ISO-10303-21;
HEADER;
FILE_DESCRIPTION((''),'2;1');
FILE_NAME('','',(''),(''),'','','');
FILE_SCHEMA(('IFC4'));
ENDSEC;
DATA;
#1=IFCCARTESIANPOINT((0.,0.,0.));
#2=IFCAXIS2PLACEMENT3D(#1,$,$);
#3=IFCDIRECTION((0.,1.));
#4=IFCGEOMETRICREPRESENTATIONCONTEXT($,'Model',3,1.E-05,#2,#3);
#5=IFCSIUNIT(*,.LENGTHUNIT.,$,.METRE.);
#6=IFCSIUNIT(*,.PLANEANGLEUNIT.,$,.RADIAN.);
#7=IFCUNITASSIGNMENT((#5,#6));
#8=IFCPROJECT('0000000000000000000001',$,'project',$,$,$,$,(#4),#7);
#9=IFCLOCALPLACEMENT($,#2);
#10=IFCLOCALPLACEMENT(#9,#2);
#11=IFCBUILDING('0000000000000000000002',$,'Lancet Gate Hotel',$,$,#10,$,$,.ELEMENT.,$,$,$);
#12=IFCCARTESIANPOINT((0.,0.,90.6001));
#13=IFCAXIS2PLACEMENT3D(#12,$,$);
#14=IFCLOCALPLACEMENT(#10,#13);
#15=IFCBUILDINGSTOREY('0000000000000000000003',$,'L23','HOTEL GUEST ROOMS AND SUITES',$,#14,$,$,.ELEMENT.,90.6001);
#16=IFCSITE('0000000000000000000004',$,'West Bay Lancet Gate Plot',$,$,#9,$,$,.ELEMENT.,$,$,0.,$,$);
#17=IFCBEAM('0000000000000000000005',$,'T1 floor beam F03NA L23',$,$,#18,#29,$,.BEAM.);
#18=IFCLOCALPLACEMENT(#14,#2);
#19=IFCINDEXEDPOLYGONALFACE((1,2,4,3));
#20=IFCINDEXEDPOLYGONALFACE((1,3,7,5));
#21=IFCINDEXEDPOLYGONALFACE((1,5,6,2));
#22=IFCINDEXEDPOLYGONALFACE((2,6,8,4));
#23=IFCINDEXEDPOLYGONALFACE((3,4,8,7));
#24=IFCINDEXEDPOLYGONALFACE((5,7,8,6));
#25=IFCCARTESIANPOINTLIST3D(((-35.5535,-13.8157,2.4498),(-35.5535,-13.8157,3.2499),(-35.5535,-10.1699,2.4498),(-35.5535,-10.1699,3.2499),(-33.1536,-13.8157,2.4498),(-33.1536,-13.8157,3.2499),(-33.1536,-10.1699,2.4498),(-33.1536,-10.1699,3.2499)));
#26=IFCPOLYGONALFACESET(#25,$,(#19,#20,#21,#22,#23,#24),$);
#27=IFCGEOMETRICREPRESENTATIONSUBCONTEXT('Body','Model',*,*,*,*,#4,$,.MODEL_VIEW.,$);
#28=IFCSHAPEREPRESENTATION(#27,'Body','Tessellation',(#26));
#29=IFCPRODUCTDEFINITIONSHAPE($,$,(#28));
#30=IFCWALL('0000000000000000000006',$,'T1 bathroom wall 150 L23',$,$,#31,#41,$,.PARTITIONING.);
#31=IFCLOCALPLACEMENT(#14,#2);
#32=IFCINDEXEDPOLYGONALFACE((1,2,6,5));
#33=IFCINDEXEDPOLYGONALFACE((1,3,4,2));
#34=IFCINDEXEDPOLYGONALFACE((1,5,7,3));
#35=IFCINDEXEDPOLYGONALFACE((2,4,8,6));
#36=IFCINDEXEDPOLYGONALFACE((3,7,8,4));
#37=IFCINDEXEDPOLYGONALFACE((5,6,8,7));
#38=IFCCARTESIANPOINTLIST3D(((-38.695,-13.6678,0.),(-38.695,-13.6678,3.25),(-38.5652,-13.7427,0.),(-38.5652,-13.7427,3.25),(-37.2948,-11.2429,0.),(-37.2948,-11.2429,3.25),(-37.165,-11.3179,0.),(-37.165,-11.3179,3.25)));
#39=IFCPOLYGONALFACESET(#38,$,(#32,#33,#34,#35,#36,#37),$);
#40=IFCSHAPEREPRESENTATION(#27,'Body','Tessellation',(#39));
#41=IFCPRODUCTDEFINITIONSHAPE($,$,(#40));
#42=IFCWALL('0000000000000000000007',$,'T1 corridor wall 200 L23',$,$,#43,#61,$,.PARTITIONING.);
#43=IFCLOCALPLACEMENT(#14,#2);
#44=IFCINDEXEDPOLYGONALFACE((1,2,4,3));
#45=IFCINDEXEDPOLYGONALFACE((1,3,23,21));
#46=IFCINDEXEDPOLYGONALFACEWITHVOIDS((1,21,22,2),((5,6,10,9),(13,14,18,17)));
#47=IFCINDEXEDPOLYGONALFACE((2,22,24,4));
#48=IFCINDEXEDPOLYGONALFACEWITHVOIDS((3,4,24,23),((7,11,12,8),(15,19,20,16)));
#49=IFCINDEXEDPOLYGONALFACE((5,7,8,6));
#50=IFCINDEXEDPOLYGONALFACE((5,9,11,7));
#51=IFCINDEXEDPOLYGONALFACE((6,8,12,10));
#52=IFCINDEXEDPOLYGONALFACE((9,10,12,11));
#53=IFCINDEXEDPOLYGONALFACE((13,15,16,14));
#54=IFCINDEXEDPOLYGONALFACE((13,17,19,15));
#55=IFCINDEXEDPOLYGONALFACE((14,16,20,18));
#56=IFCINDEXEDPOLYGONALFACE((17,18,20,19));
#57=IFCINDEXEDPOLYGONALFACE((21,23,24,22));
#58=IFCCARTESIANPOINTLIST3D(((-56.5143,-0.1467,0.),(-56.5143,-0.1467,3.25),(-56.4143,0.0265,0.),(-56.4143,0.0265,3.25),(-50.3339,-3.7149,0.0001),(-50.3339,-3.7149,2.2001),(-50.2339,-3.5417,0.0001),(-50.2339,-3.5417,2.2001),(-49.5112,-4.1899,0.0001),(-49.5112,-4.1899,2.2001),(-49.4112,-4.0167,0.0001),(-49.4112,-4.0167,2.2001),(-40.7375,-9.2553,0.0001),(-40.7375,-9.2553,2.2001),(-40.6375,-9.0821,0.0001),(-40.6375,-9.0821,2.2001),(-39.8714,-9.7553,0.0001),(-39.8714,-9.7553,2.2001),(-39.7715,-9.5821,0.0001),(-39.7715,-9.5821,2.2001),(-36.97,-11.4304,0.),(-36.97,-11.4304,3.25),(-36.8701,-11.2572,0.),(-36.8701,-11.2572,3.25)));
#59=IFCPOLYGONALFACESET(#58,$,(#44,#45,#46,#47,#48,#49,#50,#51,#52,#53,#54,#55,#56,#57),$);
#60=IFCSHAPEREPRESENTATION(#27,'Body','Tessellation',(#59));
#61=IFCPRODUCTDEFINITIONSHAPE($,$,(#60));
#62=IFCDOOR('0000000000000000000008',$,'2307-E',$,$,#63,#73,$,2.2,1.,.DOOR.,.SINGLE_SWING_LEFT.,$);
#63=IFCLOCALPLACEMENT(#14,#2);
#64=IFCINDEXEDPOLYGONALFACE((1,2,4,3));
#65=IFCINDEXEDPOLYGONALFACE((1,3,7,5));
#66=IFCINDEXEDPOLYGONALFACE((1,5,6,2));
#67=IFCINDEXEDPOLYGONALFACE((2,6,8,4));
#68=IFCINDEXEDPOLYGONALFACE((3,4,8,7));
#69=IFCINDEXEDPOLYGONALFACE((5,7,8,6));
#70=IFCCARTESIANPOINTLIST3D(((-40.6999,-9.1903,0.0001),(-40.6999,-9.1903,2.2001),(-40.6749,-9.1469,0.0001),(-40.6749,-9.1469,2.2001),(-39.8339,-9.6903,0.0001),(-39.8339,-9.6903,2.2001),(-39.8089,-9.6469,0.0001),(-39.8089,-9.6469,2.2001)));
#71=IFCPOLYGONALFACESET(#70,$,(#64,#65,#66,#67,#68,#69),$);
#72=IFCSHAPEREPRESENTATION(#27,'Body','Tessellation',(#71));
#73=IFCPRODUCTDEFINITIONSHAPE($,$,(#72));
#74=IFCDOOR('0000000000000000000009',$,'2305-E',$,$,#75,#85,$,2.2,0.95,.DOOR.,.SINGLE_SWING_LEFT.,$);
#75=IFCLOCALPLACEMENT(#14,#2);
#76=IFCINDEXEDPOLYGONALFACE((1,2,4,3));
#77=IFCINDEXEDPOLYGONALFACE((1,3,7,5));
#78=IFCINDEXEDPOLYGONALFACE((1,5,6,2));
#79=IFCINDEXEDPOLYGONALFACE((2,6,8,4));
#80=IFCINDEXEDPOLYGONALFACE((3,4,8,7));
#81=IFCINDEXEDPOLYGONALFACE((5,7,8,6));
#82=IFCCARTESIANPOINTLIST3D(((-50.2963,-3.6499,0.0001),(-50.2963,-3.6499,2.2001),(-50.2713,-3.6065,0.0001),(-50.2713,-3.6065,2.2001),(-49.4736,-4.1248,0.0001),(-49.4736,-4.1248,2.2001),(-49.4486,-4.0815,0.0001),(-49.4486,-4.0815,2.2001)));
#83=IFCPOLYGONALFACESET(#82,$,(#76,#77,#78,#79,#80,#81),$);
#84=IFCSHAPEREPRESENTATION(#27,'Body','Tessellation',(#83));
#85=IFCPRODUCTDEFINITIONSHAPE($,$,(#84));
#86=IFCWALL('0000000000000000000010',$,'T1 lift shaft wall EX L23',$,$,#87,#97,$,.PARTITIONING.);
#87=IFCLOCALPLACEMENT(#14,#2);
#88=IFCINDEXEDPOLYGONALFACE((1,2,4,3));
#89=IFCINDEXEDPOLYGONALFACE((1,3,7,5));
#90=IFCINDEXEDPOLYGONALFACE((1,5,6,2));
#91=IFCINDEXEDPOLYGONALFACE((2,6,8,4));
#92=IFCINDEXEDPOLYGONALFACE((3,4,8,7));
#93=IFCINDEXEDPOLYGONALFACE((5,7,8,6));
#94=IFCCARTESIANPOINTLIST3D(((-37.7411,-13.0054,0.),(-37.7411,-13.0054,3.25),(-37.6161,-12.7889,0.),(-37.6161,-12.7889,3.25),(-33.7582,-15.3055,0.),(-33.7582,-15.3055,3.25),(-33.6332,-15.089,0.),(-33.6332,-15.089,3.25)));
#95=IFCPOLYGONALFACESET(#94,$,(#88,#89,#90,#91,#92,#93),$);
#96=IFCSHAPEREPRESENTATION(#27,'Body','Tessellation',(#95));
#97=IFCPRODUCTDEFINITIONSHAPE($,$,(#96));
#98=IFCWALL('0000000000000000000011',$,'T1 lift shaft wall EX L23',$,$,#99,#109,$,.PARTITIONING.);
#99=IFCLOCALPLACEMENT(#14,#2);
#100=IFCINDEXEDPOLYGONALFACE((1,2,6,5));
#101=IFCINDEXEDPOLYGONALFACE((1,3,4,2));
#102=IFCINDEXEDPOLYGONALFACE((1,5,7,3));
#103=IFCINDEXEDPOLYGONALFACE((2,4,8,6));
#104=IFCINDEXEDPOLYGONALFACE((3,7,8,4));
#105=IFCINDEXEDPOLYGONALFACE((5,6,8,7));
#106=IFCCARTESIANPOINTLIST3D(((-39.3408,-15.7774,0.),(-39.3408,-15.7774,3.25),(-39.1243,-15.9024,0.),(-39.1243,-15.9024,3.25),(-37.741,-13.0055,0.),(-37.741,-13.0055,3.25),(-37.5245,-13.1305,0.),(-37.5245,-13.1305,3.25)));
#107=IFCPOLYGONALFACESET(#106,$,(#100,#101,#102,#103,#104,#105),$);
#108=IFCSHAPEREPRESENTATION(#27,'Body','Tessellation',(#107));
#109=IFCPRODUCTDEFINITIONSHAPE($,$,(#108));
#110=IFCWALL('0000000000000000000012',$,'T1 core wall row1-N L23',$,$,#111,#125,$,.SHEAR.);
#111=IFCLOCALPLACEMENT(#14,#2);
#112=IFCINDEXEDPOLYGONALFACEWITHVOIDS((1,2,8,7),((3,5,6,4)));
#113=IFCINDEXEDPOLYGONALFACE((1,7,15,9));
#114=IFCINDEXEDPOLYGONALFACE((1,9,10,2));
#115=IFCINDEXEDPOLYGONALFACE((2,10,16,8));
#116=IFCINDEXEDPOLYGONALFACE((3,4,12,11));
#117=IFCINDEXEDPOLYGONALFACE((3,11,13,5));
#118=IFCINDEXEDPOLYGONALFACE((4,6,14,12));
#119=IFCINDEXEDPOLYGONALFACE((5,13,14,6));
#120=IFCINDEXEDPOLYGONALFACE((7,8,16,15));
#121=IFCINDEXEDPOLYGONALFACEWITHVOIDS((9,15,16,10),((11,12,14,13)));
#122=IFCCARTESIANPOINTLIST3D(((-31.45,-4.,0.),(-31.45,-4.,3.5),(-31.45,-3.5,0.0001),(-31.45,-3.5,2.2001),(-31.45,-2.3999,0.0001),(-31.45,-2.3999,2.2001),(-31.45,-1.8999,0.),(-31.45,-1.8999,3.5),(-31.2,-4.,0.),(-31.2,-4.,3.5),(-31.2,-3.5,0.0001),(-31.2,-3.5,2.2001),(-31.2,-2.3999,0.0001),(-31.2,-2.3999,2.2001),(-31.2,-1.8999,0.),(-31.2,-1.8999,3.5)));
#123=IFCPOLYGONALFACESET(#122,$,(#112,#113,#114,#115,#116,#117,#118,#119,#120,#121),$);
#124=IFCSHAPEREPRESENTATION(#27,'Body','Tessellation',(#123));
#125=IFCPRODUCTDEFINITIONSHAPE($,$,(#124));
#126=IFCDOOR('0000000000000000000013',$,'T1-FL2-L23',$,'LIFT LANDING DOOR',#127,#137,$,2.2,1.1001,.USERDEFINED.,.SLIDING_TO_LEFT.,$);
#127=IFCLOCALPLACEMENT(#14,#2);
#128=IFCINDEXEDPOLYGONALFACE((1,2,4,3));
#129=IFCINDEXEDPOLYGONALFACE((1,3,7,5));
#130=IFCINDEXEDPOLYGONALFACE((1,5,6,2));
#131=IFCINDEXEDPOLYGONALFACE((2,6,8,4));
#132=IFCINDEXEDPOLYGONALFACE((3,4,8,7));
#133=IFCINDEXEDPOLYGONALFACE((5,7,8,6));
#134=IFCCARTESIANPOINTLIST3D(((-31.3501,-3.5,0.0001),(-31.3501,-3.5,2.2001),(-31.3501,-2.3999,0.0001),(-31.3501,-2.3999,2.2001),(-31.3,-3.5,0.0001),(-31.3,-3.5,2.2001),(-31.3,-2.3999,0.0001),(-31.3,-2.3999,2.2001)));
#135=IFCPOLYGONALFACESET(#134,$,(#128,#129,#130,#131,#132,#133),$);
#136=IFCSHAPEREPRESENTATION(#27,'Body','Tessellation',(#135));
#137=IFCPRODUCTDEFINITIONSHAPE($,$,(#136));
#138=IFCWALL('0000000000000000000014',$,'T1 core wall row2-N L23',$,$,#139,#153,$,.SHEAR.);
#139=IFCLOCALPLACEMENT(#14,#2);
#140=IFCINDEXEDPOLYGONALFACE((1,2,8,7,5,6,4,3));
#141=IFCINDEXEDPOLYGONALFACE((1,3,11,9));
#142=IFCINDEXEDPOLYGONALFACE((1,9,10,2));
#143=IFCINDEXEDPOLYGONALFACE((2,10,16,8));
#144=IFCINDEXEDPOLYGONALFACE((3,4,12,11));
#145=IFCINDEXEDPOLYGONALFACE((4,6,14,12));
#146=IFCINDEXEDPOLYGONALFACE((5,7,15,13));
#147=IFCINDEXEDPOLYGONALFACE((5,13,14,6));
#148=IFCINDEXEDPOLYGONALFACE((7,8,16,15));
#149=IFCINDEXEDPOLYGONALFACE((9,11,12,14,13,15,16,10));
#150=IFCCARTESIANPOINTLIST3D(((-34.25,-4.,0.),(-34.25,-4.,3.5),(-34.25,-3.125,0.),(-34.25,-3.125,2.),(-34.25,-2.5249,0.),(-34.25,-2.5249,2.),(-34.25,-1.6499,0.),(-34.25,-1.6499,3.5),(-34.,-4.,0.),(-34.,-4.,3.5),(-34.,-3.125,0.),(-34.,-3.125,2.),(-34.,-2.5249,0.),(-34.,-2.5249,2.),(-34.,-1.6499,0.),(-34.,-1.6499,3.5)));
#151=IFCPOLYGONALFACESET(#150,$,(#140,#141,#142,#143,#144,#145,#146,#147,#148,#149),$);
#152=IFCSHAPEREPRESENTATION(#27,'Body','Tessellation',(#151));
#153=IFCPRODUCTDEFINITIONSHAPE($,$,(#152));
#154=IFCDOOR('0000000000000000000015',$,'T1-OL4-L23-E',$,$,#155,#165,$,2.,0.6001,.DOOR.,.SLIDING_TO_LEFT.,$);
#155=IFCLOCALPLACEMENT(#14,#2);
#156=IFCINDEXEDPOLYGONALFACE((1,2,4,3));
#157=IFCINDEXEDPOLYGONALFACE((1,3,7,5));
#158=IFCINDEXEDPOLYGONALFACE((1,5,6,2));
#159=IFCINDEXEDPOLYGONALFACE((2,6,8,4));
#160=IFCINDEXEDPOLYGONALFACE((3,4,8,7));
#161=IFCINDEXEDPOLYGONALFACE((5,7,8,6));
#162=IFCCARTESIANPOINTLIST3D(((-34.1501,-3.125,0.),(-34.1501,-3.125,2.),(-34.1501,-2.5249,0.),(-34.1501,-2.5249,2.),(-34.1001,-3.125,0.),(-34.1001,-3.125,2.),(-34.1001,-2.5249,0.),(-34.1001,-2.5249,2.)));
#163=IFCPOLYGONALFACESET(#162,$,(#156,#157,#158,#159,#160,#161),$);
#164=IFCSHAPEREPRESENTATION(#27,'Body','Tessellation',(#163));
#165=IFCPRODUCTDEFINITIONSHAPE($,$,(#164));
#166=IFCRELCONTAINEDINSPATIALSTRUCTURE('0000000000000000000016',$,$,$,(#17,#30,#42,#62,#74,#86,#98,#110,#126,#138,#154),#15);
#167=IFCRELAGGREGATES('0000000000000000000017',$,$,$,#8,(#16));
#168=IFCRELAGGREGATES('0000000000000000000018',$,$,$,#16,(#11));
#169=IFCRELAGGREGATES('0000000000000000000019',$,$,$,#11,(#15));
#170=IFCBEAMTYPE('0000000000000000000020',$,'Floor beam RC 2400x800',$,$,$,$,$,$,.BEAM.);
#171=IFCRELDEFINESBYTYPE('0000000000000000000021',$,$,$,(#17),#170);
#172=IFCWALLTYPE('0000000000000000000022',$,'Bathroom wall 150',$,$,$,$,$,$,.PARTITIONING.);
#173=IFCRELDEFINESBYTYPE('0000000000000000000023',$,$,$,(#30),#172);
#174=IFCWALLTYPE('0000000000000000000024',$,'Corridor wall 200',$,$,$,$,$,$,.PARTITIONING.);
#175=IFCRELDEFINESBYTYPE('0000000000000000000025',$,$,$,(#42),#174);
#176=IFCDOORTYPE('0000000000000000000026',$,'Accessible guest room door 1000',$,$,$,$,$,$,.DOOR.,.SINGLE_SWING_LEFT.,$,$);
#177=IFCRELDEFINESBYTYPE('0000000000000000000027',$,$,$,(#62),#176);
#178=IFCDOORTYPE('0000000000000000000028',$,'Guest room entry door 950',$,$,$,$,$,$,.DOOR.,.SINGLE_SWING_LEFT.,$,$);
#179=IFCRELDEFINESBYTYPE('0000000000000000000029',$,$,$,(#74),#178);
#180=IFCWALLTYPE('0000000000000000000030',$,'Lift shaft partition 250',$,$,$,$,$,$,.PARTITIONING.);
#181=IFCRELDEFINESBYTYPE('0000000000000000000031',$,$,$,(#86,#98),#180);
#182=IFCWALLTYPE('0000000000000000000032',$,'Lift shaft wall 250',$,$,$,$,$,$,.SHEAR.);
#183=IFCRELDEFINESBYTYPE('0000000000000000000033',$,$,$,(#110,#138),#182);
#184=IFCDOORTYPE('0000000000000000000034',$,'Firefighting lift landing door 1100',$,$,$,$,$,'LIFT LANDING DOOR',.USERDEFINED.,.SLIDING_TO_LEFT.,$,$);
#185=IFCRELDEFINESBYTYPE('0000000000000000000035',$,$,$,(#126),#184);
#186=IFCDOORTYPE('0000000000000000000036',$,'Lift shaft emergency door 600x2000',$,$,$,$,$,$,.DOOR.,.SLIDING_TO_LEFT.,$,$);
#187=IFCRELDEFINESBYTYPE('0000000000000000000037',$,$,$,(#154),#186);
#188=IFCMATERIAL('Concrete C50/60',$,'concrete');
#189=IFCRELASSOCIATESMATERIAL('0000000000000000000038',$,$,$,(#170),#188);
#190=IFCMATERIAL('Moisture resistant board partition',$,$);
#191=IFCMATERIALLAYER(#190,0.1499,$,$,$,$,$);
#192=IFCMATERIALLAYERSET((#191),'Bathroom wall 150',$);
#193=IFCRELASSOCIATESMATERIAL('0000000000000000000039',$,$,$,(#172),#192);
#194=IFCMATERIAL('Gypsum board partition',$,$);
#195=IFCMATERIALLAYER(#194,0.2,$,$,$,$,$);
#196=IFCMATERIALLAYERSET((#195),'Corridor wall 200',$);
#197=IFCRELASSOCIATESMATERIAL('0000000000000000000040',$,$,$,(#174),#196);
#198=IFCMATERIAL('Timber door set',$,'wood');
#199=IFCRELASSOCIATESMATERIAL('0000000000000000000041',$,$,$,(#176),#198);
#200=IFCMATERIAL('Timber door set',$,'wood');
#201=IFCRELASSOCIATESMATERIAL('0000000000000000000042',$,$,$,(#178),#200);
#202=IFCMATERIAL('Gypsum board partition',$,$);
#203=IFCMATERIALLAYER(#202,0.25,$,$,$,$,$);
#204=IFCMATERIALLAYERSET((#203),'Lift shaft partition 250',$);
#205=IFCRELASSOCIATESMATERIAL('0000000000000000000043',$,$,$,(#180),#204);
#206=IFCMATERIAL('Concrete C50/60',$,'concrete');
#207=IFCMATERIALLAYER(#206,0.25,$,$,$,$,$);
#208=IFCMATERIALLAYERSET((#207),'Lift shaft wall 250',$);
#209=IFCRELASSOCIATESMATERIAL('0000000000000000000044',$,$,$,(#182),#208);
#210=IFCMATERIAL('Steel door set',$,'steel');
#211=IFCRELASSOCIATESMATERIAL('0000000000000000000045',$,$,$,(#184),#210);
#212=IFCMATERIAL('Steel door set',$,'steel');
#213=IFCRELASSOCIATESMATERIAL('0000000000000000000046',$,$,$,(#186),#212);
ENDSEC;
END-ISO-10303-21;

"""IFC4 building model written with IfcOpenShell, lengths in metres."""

from ifc_helpers import new_model, si_unit, direction, frame, frame_2d, origin, origin_2d, place, context, subcontext, project, spatial, rectangle, extrude, material, layer, layer_set, material_profile, profile_set, type_object, element, fill, save


model = new_model("IFC4")

# Units and contexts
model_context = context("Model", 3, precision=1e-05, world=origin(), true_north=direction((0.0, 1.0)))
body_context = subcontext(model_context, "Body", "Model", "MODEL_VIEW")
ifc_project = project(units=[si_unit("LENGTHUNIT", "METRE"), si_unit("PLANEANGLEUNIT", "RADIAN")], contexts=[model_context])

# Site, building, storey
site_placement = place(None, origin())
site = spatial("IfcSite", under=ifc_project, at=site_placement, Name="West Bay Lancet Gate Plot", CompositionType="ELEMENT", RefElevation=0.0)
building_placement = place(site_placement, origin())
building = spatial("IfcBuilding", under=site, at=building_placement, Name="Lancet Gate Hotel", CompositionType="ELEMENT")
storey_placement = place(building_placement, frame((0.0, 0.0, 90.6001)))
storey = spatial("IfcBuildingStorey", under=building, at=storey_placement, Name="L23", Description="HOTEL GUEST ROOMS AND SUITES", CompositionType="ELEMENT", Elevation=90.6001)

# Beam
ifc_material_1 = material(Name="Concrete C50/60", Category="concrete")
ifc_material_profile = material_profile(ifc_material_1, rectangle(XDim=2.3999, YDim=0.8, at=origin_2d()), Name="RC 2400x800")
ifc_profile_set = profile_set([ifc_material_profile], Name="Concrete C50/60")
beam_type = type_object("IfcBeamType", Name="Floor beam RC 2400x800", PredefinedType="BEAM", material=ifc_profile_set)
beam_placement = place(storey_placement, frame((-34.3535, -10.1699, 2.8499), z_axis=(0.0, -1.0, 0.0), x_axis=(1.0, 0.0, 0.0)))
element("IfcBeam", 1, at=beam_placement, inside=storey, type_object=beam_type, Name="T1 floor beam F03NA L23", PredefinedType="BEAM", context=body_context, shape_type="SweptSolid", body=[
    extrude(rectangle(XDim=2.3999, YDim=0.8, at=origin_2d()), origin(), (0.0, 0.0, 1.0), 3.6458),
])

# Wall
ifc_material_2 = material(Name="Moisture resistant board partition")
ifc_layer_1 = layer(ifc_material_2, 0.1499)
ifc_layer_set_1 = layer_set([ifc_layer_1], Name="Bathroom wall 150")
wall_type_1 = type_object("IfcWallType", Name="Bathroom wall 150", PredefinedType="PARTITIONING", material=ifc_layer_set_1)
wall_1_placement = place(storey_placement, frame((-37.23, -11.2805, 0.0), z_axis=(0.0, 0.0, 1.0), x_axis=(-0.50005, -0.865997, 0.0)))
element("IfcWall", 2, at=wall_1_placement, inside=storey, type_object=wall_type_1, Name="T1 bathroom wall 150 L23", PredefinedType="PARTITIONING", context=body_context, shape_type="SweptSolid", body=[
    extrude(rectangle(XDim=2.8, YDim=0.1499, at=frame_2d((1.3999, 0.0))), origin(), (0.0, 0.0, 1.0), 3.25),
])

# Wall, openings, doors
ifc_material_3 = material(Name="Gypsum board partition")
ifc_layer_2 = layer(ifc_material_3, 0.2)
ifc_layer_set_2 = layer_set([ifc_layer_2], Name="Corridor wall 200")
wall_type_2 = type_object("IfcWallType", Name="Corridor wall 200", PredefinedType="PARTITIONING", material=ifc_layer_set_2)
wall_2_placement = place(storey_placement, frame((-36.9202, -11.3438, 0.0), z_axis=(0.0, 0.0, 1.0), x_axis=(-0.866028, 0.499995, 0.0)))
wall_2 = element("IfcWall", 3, at=wall_2_placement, inside=storey, type_object=wall_type_2, Name="T1 corridor wall 200 L23", PredefinedType="PARTITIONING", context=body_context, shape_type="SweptSolid", body=[
    extrude(rectangle(XDim=22.5676, YDim=0.2, at=frame_2d((11.2837, 0.0))), origin(), (0.0, 0.0, 1.0), 3.25),
])
opening_1_placement = place(wall_2_placement, frame((14.481, 0.0, 0.0)))
opening_1 = element("IfcOpeningElement", 4, at=opening_1_placement, cuts=wall_2, PredefinedType="OPENING", context=body_context, shape_type="SweptSolid", body=[
    extrude(rectangle(XDim=0.95, YDim=2.2, at=frame_2d((0.4751, 1.1001))), frame((0.0, 0.1099, 0.0), z_axis=(0.0, -1.0, 0.0), x_axis=(1.0, 0.0, 0.0)), (0.0, 0.0, 1.0), 0.22),
])
opening_2_placement = place(wall_2_placement, frame((3.3501, 0.0, 0.0)))
opening_2 = element("IfcOpeningElement", 5, at=opening_2_placement, cuts=wall_2, PredefinedType="OPENING", context=body_context, shape_type="SweptSolid", body=[
    extrude(rectangle(XDim=1.0, YDim=2.2, at=frame_2d((0.5, 1.1001))), frame((0.0, 0.1099, 0.0), z_axis=(0.0, -1.0, 0.0), x_axis=(1.0, 0.0, 0.0)), (0.0, 0.0, 1.0), 0.22),
])
ifc_material_4 = material(Name="Timber door set", Category="wood")
door_type_1 = type_object("IfcDoorType", Name="Accessible guest room door 1000", OperationType="SINGLE_SWING_LEFT", PredefinedType="DOOR", material=ifc_material_4)
door_1_placement = place(opening_2_placement, origin())
door_1 = element("IfcDoor", 6, at=door_1_placement, inside=storey, type_object=door_type_1, Name="2307-E", OperationType="SINGLE_SWING_LEFT", OverallHeight=2.2, OverallWidth=1.0, PredefinedType="DOOR", context=body_context, shape_type="SweptSolid", body=[
    extrude(rectangle(XDim=1.0, YDim=2.2, at=frame_2d((0.5, 1.1001))), frame((0.0, 0.0249, 0.0), z_axis=(0.0, -1.0, 0.0), x_axis=(1.0, 0.0, 0.0)), (0.0, 0.0, 1.0), 0.05),
])
fill(opening_2, door_1)
ifc_material_5 = material(Name="Timber door set", Category="wood")
door_type_2 = type_object("IfcDoorType", Name="Guest room entry door 950", OperationType="SINGLE_SWING_LEFT", PredefinedType="DOOR", material=ifc_material_5)
door_2_placement = place(opening_1_placement, origin())
door_2 = element("IfcDoor", 7, at=door_2_placement, inside=storey, type_object=door_type_2, Name="2305-E", OperationType="SINGLE_SWING_LEFT", OverallHeight=2.2, OverallWidth=0.95, PredefinedType="DOOR", context=body_context, shape_type="SweptSolid", body=[
    extrude(rectangle(XDim=0.95, YDim=2.2, at=frame_2d((0.4751, 1.1001))), frame((0.0, 0.0249, 0.0), z_axis=(0.0, -1.0, 0.0), x_axis=(1.0, 0.0, 0.0)), (0.0, 0.0, 1.0), 0.05),
])
fill(opening_1, door_2)

# Walls
ifc_material_6 = material(Name="Gypsum board partition")
ifc_layer_3 = layer(ifc_material_6, 0.25)
ifc_layer_set_3 = layer_set([ifc_layer_3], Name="Lift shaft partition 250")
wall_type_3 = type_object("IfcWallType", Name="Lift shaft partition 250", PredefinedType="PARTITIONING", material=ifc_layer_set_3)
wall_3_placement = place(storey_placement, frame((-33.6956, -15.1973, 0.0), z_axis=(0.0, 0.0, 1.0), x_axis=(-0.865977, 0.500084, 0.0)))
element("IfcWall", 8, at=wall_3_placement, inside=storey, type_object=wall_type_3, Name="T1 lift shaft wall EX L23", PredefinedType="PARTITIONING", context=body_context, shape_type="SweptSolid", body=[
    extrude(rectangle(XDim=4.5994, YDim=0.25, at=frame_2d((2.2998, 0.0))), origin(), (0.0, 0.0, 1.0), 3.25),
])
wall_4_placement = place(storey_placement, frame((-37.6328, -13.0681, 0.0), z_axis=(0.0, 0.0, 1.0), x_axis=(-0.499872, -0.866099, 0.0)))
element("IfcWall", 9, at=wall_4_placement, inside=storey, type_object=wall_type_3, Name="T1 lift shaft wall EX L23", PredefinedType="PARTITIONING", context=body_context, shape_type="SweptSolid", body=[
    extrude(rectangle(XDim=3.2004, YDim=0.25, at=frame_2d((1.6001, 0.0))), origin(), (0.0, 0.0, 1.0), 3.25),
])

# Walls, openings, doors
ifc_material_7 = material(Name="Concrete C50/60", Category="concrete")
ifc_layer_4 = layer(ifc_material_7, 0.25)
ifc_layer_set_4 = layer_set([ifc_layer_4], Name="Lift shaft wall 250")
wall_type_4 = type_object("IfcWallType", Name="Lift shaft wall 250", PredefinedType="SHEAR", material=ifc_layer_set_4)
wall_5_placement = place(storey_placement, frame((-31.325, -1.8999, 0.0), z_axis=(0.0, 0.0, 1.0), x_axis=(0.0, -1.0, 0.0)))
wall_5 = element("IfcWall", 10, at=wall_5_placement, inside=storey, type_object=wall_type_4, Name="T1 core wall row1-N L23", PredefinedType="SHEAR", context=body_context, shape_type="SweptSolid", body=[
    extrude(rectangle(XDim=2.1001, YDim=0.25, at=frame_2d((1.05, 0.0))), origin(), (0.0, 0.0, 1.0), 3.5),
])
opening_3_placement = place(wall_5_placement, frame((0.5, 0.0, 0.0)))
opening_3 = element("IfcOpeningElement", 11, at=opening_3_placement, cuts=wall_5, PredefinedType="OPENING", context=body_context, shape_type="SweptSolid", body=[
    extrude(rectangle(XDim=1.1001, YDim=2.2, at=frame_2d((0.55, 1.1001))), frame((0.0, 0.135, 0.0), z_axis=(0.0, -1.0, 0.0), x_axis=(1.0, 0.0, 0.0)), (0.0, 0.0, 1.0), 0.27),
])
ifc_material_8 = material(Name="Steel door set", Category="steel")
door_type_3 = type_object("IfcDoorType", Name="Firefighting lift landing door 1100", ElementType="LIFT LANDING DOOR", OperationType="SLIDING_TO_LEFT", PredefinedType="USERDEFINED", material=ifc_material_8)
door_3_placement = place(opening_3_placement, origin())
door_3 = element("IfcDoor", 12, at=door_3_placement, inside=storey, type_object=door_type_3, Name="T1-FL2-L23", ObjectType="LIFT LANDING DOOR", OperationType="SLIDING_TO_LEFT", OverallHeight=2.2, OverallWidth=1.1001, PredefinedType="USERDEFINED", context=body_context, shape_type="SweptSolid", body=[
    extrude(rectangle(XDim=1.1001, YDim=2.2, at=frame_2d((0.55, 1.1001))), frame((0.0, 0.0249, 0.0), z_axis=(0.0, -1.0, 0.0), x_axis=(1.0, 0.0, 0.0)), (0.0, 0.0, 1.0), 0.05),
])
fill(opening_3, door_3)
wall_6_placement = place(storey_placement, frame((-34.125, -1.6499, 0.0), z_axis=(0.0, 0.0, 1.0), x_axis=(0.0, -1.0, 0.0)))
wall_6 = element("IfcWall", 13, at=wall_6_placement, inside=storey, type_object=wall_type_4, Name="T1 core wall row2-N L23", PredefinedType="SHEAR", context=body_context, shape_type="SweptSolid", body=[
    extrude(rectangle(XDim=2.3501, YDim=0.25, at=frame_2d((1.175, 0.0))), origin(), (0.0, 0.0, 1.0), 3.5),
])
opening_4_placement = place(wall_6_placement, frame((0.875, 0.0, 0.0)))
opening_4 = element("IfcOpeningElement", 14, at=opening_4_placement, cuts=wall_6, PredefinedType="OPENING", context=body_context, shape_type="SweptSolid", body=[
    extrude(rectangle(XDim=0.6001, YDim=2.0, at=frame_2d((0.3, 1.0))), frame((0.0, 0.135, 0.0), z_axis=(0.0, -1.0, 0.0), x_axis=(1.0, 0.0, 0.0)), (0.0, 0.0, 1.0), 0.27),
])
ifc_material_9 = material(Name="Steel door set", Category="steel")
door_type_4 = type_object("IfcDoorType", Name="Lift shaft emergency door 600x2000", OperationType="SLIDING_TO_LEFT", PredefinedType="DOOR", material=ifc_material_9)
door_4_placement = place(opening_4_placement, origin())
door_4 = element("IfcDoor", 15, at=door_4_placement, inside=storey, type_object=door_type_4, Name="T1-OL4-L23-E", OperationType="SLIDING_TO_LEFT", OverallHeight=2.0, OverallWidth=0.6001, PredefinedType="DOOR", context=body_context, shape_type="SweptSolid", body=[
    extrude(rectangle(XDim=0.6001, YDim=2.0, at=frame_2d((0.3, 1.0))), frame((0.0, 0.0249, 0.0), z_axis=(0.0, -1.0, 0.0), x_axis=(1.0, 0.0, 0.0)), (0.0, 0.0, 1.0), 0.05),
])
fill(opening_4, door_4)

save(model, "model.ifc")
